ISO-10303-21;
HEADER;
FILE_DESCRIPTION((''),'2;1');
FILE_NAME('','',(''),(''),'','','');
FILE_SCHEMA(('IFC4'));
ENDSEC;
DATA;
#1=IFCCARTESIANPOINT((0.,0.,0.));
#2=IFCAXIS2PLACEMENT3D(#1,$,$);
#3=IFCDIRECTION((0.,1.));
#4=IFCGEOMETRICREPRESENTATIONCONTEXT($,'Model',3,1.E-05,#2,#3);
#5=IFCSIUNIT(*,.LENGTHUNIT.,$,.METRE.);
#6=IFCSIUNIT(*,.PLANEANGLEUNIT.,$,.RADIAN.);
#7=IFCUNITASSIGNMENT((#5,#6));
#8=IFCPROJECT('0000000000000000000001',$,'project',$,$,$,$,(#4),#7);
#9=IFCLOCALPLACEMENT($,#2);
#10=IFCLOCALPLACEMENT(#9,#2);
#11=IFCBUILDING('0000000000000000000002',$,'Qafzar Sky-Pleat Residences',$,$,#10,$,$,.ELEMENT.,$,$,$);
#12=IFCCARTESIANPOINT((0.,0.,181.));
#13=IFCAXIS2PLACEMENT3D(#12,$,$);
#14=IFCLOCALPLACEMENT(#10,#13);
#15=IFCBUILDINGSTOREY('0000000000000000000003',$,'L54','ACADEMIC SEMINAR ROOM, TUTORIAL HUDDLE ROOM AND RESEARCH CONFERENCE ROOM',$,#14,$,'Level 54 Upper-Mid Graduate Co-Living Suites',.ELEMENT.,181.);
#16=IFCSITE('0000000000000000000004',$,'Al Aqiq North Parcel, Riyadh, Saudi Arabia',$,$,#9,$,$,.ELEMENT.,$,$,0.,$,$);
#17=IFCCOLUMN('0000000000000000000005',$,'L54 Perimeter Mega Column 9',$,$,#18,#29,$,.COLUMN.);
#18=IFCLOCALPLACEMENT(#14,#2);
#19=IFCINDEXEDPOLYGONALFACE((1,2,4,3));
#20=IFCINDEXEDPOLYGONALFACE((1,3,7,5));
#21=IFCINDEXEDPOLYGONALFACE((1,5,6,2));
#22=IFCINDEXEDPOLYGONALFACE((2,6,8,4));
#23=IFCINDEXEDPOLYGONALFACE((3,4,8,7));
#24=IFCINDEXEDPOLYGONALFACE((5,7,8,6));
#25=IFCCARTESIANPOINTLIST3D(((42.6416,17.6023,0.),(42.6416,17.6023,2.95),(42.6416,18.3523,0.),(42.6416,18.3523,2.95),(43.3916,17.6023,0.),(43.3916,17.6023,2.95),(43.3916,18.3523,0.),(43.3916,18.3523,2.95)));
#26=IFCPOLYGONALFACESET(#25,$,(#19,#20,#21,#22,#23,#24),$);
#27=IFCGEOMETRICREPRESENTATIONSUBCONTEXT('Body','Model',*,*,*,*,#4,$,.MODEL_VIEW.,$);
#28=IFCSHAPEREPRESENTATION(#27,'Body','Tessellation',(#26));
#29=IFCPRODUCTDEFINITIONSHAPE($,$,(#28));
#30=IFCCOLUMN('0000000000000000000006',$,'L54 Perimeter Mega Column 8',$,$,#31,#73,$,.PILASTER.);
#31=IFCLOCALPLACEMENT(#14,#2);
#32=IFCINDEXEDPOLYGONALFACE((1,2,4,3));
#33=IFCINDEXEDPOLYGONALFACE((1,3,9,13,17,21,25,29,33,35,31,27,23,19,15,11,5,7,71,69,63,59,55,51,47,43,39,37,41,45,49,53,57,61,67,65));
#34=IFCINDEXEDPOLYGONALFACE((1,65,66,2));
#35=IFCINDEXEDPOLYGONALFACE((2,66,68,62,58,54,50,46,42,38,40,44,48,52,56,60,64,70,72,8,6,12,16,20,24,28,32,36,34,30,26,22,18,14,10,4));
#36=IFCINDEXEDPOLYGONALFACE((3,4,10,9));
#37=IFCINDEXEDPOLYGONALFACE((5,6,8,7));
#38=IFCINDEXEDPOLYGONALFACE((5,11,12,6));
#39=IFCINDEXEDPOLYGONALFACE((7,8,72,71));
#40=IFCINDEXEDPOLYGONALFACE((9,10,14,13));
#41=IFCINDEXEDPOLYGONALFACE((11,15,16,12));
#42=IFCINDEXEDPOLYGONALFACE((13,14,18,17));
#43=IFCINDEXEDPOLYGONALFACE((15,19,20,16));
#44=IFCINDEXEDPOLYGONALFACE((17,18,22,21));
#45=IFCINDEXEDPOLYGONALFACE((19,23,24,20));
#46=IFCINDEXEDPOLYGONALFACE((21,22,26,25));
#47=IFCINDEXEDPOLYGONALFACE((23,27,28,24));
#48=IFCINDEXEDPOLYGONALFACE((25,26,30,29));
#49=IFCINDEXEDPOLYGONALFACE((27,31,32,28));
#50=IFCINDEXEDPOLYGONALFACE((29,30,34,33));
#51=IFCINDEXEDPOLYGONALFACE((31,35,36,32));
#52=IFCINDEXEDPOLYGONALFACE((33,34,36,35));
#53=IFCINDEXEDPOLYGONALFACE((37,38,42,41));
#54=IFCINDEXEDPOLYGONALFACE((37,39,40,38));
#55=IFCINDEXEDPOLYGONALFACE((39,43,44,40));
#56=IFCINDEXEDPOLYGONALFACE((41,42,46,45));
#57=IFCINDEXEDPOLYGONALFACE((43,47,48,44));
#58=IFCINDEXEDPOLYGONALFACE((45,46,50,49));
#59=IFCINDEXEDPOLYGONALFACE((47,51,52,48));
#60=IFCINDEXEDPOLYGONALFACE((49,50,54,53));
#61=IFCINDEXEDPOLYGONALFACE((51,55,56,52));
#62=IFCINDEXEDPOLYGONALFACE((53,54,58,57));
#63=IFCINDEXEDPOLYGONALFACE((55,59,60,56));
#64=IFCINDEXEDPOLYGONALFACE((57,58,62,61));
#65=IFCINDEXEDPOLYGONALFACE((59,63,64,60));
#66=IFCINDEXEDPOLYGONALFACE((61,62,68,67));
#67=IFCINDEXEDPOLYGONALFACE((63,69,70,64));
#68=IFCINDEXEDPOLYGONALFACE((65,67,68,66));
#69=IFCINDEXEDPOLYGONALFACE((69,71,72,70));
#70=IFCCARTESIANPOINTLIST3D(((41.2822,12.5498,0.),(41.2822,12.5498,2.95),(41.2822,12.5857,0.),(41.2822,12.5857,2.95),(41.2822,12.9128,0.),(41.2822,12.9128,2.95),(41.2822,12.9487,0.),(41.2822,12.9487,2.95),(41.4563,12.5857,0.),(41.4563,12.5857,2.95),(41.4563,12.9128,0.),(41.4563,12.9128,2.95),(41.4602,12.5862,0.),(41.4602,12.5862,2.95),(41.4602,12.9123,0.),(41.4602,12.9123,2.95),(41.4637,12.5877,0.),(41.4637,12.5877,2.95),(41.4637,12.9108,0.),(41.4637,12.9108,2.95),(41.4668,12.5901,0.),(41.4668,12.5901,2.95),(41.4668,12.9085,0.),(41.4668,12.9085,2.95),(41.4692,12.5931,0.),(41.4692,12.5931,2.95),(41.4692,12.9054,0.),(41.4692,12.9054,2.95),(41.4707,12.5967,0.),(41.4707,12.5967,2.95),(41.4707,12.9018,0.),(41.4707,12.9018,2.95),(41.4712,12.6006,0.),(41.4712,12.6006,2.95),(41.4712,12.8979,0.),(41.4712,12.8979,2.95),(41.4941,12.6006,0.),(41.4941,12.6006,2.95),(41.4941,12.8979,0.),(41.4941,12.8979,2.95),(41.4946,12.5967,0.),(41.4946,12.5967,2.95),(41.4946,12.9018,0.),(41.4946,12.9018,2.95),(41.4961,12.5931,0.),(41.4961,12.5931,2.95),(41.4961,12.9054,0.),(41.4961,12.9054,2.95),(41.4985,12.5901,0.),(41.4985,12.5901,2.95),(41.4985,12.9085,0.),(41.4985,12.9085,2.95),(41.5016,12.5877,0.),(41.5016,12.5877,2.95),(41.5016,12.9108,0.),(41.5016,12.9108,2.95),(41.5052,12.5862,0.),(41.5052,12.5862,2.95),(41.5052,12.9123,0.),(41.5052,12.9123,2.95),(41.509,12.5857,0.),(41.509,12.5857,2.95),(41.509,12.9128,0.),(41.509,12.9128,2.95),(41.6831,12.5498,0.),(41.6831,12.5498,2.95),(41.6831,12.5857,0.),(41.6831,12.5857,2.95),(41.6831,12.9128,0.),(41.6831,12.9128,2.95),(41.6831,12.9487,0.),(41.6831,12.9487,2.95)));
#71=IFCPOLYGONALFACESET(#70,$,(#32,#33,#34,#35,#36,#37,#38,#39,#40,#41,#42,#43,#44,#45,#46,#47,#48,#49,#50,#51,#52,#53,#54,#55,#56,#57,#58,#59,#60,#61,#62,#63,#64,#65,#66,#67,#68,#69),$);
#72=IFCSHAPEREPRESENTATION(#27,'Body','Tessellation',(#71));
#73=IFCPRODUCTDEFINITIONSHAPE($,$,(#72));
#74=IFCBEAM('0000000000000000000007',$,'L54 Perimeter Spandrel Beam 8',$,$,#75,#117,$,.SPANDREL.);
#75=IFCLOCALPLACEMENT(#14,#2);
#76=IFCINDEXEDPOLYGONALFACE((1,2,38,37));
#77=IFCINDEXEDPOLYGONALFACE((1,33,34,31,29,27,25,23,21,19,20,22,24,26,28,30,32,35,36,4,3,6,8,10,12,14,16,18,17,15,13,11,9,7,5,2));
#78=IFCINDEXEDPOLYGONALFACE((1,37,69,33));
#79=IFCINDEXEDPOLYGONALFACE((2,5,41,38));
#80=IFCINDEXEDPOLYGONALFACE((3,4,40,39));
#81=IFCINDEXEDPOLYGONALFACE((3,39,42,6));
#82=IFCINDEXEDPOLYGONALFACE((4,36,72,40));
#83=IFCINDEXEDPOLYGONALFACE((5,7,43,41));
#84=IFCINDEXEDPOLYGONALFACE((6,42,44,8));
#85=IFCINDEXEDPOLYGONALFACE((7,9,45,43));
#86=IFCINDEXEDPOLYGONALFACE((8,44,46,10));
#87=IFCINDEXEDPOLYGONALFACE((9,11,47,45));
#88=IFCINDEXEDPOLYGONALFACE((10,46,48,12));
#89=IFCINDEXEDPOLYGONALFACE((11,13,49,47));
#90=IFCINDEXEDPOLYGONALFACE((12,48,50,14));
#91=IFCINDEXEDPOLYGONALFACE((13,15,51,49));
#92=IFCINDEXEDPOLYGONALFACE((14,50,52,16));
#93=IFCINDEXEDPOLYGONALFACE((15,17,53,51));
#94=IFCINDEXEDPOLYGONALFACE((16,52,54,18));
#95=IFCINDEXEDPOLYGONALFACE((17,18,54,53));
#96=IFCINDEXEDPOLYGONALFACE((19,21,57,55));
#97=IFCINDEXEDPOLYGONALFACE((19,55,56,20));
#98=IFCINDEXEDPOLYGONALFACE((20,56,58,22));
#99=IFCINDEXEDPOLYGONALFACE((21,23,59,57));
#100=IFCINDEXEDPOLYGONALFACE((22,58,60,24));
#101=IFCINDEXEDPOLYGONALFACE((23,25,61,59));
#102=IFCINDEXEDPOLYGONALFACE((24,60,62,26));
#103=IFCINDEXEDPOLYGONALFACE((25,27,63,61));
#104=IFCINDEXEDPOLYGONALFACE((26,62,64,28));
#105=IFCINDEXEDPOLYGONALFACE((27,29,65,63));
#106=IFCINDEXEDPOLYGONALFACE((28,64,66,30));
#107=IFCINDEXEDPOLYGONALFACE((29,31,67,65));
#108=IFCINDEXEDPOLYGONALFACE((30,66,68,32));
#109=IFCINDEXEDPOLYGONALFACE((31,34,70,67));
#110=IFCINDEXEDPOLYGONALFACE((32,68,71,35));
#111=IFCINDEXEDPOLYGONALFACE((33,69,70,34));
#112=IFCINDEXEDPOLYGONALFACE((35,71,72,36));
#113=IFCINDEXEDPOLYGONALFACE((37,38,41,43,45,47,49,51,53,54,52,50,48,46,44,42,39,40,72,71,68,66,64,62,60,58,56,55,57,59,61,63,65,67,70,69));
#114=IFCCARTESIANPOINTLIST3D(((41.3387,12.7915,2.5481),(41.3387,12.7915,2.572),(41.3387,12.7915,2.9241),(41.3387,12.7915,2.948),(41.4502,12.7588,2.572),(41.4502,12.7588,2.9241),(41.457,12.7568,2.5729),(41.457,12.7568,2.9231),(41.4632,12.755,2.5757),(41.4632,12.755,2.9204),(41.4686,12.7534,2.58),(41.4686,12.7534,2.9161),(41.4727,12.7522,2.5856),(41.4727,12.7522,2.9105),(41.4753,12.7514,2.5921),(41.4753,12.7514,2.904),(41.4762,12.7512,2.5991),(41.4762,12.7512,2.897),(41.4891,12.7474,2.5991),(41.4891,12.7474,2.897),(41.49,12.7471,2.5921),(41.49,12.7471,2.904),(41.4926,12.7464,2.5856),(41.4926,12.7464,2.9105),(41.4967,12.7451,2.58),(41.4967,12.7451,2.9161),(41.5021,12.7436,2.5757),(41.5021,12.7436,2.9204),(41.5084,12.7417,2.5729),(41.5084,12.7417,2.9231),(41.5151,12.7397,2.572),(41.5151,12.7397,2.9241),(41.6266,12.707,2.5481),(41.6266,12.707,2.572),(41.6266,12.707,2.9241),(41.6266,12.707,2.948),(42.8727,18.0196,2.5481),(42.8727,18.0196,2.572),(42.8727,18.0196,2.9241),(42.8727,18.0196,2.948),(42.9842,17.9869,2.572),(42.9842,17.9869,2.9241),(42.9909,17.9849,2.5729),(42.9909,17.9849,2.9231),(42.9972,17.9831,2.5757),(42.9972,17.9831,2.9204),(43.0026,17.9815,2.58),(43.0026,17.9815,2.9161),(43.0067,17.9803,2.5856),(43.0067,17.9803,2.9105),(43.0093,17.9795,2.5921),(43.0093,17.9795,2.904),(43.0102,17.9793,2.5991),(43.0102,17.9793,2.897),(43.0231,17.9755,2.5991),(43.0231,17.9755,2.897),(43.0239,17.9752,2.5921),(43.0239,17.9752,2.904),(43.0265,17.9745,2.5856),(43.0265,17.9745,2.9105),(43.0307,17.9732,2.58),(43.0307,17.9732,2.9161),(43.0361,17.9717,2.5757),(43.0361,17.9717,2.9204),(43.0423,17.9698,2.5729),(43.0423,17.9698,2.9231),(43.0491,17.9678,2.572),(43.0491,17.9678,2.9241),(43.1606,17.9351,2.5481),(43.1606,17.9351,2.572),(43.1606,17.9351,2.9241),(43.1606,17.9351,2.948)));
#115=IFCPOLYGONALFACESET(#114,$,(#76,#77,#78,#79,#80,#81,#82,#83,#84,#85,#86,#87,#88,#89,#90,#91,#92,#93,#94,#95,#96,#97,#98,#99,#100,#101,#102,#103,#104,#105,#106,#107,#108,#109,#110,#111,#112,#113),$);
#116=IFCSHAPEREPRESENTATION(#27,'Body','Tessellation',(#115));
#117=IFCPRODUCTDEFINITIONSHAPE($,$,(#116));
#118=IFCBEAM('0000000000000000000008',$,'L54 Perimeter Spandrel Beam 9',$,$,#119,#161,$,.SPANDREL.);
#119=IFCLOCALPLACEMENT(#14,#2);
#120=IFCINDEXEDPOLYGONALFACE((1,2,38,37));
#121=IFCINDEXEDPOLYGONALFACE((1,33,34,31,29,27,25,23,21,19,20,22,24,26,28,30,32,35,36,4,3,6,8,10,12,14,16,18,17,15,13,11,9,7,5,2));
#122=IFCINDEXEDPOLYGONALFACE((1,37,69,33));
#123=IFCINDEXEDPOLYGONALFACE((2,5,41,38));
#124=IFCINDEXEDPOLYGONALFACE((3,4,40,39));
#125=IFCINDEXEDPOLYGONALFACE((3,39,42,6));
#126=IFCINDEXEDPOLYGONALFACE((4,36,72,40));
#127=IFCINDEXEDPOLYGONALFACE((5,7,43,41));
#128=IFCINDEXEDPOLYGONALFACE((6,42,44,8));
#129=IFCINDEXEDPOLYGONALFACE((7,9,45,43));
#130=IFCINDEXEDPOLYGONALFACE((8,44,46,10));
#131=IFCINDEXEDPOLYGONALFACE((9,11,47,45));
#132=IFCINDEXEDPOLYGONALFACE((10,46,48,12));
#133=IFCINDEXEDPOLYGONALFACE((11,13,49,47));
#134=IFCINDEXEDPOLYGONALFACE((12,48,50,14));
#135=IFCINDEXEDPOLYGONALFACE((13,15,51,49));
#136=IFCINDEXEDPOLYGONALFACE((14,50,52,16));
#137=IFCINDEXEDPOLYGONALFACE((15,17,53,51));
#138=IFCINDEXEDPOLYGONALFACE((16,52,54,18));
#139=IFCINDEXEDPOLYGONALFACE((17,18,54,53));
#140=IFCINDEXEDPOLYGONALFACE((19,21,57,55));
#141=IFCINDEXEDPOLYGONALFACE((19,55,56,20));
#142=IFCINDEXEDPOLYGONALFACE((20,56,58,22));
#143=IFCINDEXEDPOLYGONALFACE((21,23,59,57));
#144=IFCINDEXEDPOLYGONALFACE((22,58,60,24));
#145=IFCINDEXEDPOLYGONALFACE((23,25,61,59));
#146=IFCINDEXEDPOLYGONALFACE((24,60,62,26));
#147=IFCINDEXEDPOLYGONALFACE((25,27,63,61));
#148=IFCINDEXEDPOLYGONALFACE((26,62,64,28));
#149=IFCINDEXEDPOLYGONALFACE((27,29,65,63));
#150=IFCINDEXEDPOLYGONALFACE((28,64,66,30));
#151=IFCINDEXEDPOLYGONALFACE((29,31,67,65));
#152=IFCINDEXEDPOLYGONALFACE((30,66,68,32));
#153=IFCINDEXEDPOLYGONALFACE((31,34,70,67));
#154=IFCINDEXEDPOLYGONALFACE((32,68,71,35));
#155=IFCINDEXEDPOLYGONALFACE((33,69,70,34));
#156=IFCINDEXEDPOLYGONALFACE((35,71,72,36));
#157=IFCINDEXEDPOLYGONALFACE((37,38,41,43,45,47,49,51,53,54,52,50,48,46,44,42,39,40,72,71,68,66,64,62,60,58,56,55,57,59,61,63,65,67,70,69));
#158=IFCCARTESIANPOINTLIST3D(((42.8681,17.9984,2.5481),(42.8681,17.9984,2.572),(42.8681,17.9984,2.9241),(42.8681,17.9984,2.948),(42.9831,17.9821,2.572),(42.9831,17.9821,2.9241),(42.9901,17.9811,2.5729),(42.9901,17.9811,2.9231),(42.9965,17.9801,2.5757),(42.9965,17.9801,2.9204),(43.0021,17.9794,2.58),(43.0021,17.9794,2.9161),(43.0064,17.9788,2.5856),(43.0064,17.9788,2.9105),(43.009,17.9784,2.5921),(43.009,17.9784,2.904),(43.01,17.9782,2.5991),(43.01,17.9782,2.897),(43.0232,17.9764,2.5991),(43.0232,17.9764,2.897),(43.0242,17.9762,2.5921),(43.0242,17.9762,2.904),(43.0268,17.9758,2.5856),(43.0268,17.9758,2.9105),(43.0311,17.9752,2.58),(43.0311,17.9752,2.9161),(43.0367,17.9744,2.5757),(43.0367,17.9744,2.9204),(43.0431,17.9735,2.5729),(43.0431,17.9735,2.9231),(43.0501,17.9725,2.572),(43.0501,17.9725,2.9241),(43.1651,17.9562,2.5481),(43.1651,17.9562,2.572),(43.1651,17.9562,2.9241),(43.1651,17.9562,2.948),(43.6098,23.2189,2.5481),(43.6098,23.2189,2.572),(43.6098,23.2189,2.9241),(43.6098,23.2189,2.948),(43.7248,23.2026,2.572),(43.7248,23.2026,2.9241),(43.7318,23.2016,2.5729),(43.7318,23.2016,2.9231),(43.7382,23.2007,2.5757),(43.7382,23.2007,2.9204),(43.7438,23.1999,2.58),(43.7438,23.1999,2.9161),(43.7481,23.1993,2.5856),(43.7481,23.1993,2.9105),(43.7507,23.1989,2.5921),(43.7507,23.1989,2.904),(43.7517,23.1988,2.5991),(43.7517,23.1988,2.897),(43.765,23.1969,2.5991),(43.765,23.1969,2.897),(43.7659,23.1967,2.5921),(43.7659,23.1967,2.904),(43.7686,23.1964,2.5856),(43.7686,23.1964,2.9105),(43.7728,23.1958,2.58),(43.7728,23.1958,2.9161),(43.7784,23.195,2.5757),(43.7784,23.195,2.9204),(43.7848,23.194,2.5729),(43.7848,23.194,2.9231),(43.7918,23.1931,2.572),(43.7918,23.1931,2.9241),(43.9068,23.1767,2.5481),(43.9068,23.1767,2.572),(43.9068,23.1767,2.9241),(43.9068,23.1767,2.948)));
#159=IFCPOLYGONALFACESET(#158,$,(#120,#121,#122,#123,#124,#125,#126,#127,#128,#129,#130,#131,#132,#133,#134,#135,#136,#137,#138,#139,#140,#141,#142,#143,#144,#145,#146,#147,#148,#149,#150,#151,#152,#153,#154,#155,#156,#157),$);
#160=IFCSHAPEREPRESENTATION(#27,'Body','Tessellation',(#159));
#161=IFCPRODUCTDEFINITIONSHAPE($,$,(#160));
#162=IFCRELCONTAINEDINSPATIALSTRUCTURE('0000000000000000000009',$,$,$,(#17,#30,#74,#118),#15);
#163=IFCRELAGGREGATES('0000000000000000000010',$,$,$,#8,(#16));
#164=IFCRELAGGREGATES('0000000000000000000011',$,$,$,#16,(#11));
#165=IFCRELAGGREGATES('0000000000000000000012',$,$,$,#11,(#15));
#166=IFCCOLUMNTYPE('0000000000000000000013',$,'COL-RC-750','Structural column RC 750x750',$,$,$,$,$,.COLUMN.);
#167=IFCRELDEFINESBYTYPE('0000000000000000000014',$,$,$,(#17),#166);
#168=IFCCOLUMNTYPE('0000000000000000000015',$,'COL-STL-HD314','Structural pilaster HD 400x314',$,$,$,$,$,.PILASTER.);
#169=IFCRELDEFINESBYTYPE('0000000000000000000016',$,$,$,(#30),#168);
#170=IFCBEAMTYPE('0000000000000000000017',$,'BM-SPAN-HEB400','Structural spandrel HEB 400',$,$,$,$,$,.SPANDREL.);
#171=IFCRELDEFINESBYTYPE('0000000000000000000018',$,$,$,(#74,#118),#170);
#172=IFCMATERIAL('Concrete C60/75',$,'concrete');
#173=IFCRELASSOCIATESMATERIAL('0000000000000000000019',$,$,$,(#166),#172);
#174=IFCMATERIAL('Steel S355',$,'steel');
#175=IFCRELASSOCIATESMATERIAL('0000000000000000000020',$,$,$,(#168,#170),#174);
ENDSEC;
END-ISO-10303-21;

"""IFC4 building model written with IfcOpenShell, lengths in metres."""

from ifc_helpers import new_model, si_unit, direction, frame, origin, origin_2d, place, context, subcontext, project, spatial, rectangle, i_section, extrude, source, transform, mapped, material, material_profile, profile_set, type_object, element, save


model = new_model("IFC4")

# Units and contexts
model_context = context("Model", 3, precision=1e-05, world=origin(), true_north=direction((0.0, 1.0)))
body_context = subcontext(model_context, "Body", "Model", "MODEL_VIEW")
ifc_project = project(units=[si_unit("LENGTHUNIT", "METRE"), si_unit("PLANEANGLEUNIT", "RADIAN")], contexts=[model_context])

# Site, building, storey
site_placement = place(None, origin())
site = spatial("IfcSite", under=ifc_project, at=site_placement, Name="Al Aqiq North Parcel, Riyadh, Saudi Arabia", CompositionType="ELEMENT", RefElevation=0.0)
building_placement = place(site_placement, origin())
building = spatial("IfcBuilding", under=site, at=building_placement, Name="Qafzar Sky-Pleat Residences", CompositionType="ELEMENT")
storey_placement = place(building_placement, frame((0.0, 0.0, 181.0)))
storey = spatial("IfcBuildingStorey", under=building, at=storey_placement, Name="L54", Description="ACADEMIC SEMINAR ROOM, TUTORIAL HUDDLE ROOM AND RESEARCH CONFERENCE ROOM", LongName="Level 54 Upper-Mid Graduate Co-Living Suites", CompositionType="ELEMENT", Elevation=181.0)

# Columns
ifc_material_1 = material(Name="Concrete C60/75", Category="concrete")
ifc_material_profile_1 = material_profile(ifc_material_1, rectangle(XDim=0.75, YDim=0.75, at=origin_2d()), Name="RC 750x750")
ifc_profile_set_1 = profile_set([ifc_material_profile_1], Name="Concrete C60/75")
column_type_1 = type_object("IfcColumnType", Name="COL-RC-750", Description="Structural column RC 750x750", PredefinedType="COLUMN", material=ifc_profile_set_1)
shared_shape_1 = source(origin(), body_context, "Body", "SweptSolid", [
    extrude(rectangle(XDim=0.75, YDim=0.75, at=origin_2d()), origin(), (0.0, 0.0, 1.0), 2.95),
])
column_1_placement = place(storey_placement, frame((43.0166, 17.9773, 0.0), z_axis=(0.0, 0.0, 1.0), x_axis=(1.0, 0.0, 0.0)))
element("IfcColumn", 1, at=column_1_placement, inside=storey, type_object=column_type_1, Name="L54 Perimeter Mega Column 9", PredefinedType="COLUMN", context=body_context, shape_type="MappedRepresentation", body=[
    mapped(shared_shape_1, transform((0.0, 0.0, 0.0), x_axis=(1.0, 0.0, 0.0), y_axis=(0.0, 1.0, 0.0), z_axis=(0.0, 0.0, 1.0), scale=1.0)),
])
ifc_material_2 = material(Name="Steel S355", Category="steel")
ifc_material_profile_2 = material_profile(ifc_material_2, i_section(OverallWidth=0.4009, OverallDepth=0.3989, WebThickness=0.0229, FlangeThickness=0.0359, FilletRadius=0.0149, at=origin_2d()), Name="HD 400x314")
ifc_profile_set_2 = profile_set([ifc_material_profile_2], Name="Steel S355")
column_type_2 = type_object("IfcColumnType", Name="COL-STL-HD314", Description="Structural pilaster HD 400x314", PredefinedType="PILASTER", material=ifc_profile_set_2)
shared_shape_2 = source(origin(), body_context, "Body", "SweptSolid", [
    extrude(i_section(OverallWidth=0.4009, OverallDepth=0.3989, WebThickness=0.0229, FlangeThickness=0.0359, FilletRadius=0.0149, at=origin_2d()), origin(), (0.0, 0.0, 1.0), 2.95),
])
column_2_placement = place(storey_placement, frame((41.4827, 12.7493, 0.0), z_axis=(0.0, 0.0, 1.0), x_axis=(1.0, 0.0, 0.0)))
element("IfcColumn", 2, at=column_2_placement, inside=storey, type_object=column_type_2, Name="L54 Perimeter Mega Column 8", PredefinedType="PILASTER", context=body_context, shape_type="MappedRepresentation", body=[
    mapped(shared_shape_2, transform((0.0, 0.0, 0.0), x_axis=(1.0, 0.0, 0.0), y_axis=(0.0, 1.0, 0.0), z_axis=(0.0, 0.0, 1.0), scale=1.0)),
])

# Beams
ifc_material_profile_3 = material_profile(ifc_material_2, i_section(OverallWidth=0.3, OverallDepth=0.3999, WebThickness=0.0134, FlangeThickness=0.0239, FilletRadius=0.0271, at=origin_2d()), Name="HEB 400")
ifc_profile_set_3 = profile_set([ifc_material_profile_3], Name="Steel S355")
beam_type = type_object("IfcBeamType", Name="BM-SPAN-HEB400", Description="Structural spandrel HEB 400", PredefinedType="SPANDREL", material=ifc_profile_set_3)
shared_shape_3 = source(origin(), body_context, "Body", "SweptSolid", [
    extrude(i_section(OverallWidth=0.3, OverallDepth=0.3999, WebThickness=0.0134, FlangeThickness=0.0239, FilletRadius=0.0271, at=origin_2d()), origin(), (0.0, 0.0, 1.0), 5.4485),
])
beam_1_placement = place(storey_placement, frame((41.4827, 12.7493, 2.748), z_axis=(0.281538, 0.95955, 0.0), x_axis=(-0.95955, 0.281538, 0.0)))
element("IfcBeam", 3, at=beam_1_placement, inside=storey, type_object=beam_type, Name="L54 Perimeter Spandrel Beam 8", PredefinedType="SPANDREL", context=body_context, shape_type="MappedRepresentation", body=[
    mapped(shared_shape_3, transform((0.0, 0.0, 0.0), x_axis=(1.0, 0.0, 0.0), y_axis=(0.0, 1.0, 0.0), z_axis=(0.0, 0.0, 1.0), scale=1.0)),
])
shared_shape_4 = source(origin(), body_context, "Body", "SweptSolid", [
    extrude(i_section(OverallWidth=0.3, OverallDepth=0.3999, WebThickness=0.0134, FlangeThickness=0.0239, FilletRadius=0.0271, at=origin_2d()), origin(), (0.0, 0.0, 1.0), 5.2729),
])
beam_2_placement = place(storey_placement, frame((43.0166, 17.9773, 2.748), z_axis=(0.140663, 0.990058, 0.0), x_axis=(-0.990058, 0.140663, 0.0)))
element("IfcBeam", 4, at=beam_2_placement, inside=storey, type_object=beam_type, Name="L54 Perimeter Spandrel Beam 9", PredefinedType="SPANDREL", context=body_context, shape_type="MappedRepresentation", body=[
    mapped(shared_shape_4, transform((0.0, 0.0, 0.0), x_axis=(1.0, 0.0, 0.0), y_axis=(0.0, 1.0, 0.0), z_axis=(0.0, 0.0, 1.0), scale=1.0)),
])

save(model, "model.ifc")
